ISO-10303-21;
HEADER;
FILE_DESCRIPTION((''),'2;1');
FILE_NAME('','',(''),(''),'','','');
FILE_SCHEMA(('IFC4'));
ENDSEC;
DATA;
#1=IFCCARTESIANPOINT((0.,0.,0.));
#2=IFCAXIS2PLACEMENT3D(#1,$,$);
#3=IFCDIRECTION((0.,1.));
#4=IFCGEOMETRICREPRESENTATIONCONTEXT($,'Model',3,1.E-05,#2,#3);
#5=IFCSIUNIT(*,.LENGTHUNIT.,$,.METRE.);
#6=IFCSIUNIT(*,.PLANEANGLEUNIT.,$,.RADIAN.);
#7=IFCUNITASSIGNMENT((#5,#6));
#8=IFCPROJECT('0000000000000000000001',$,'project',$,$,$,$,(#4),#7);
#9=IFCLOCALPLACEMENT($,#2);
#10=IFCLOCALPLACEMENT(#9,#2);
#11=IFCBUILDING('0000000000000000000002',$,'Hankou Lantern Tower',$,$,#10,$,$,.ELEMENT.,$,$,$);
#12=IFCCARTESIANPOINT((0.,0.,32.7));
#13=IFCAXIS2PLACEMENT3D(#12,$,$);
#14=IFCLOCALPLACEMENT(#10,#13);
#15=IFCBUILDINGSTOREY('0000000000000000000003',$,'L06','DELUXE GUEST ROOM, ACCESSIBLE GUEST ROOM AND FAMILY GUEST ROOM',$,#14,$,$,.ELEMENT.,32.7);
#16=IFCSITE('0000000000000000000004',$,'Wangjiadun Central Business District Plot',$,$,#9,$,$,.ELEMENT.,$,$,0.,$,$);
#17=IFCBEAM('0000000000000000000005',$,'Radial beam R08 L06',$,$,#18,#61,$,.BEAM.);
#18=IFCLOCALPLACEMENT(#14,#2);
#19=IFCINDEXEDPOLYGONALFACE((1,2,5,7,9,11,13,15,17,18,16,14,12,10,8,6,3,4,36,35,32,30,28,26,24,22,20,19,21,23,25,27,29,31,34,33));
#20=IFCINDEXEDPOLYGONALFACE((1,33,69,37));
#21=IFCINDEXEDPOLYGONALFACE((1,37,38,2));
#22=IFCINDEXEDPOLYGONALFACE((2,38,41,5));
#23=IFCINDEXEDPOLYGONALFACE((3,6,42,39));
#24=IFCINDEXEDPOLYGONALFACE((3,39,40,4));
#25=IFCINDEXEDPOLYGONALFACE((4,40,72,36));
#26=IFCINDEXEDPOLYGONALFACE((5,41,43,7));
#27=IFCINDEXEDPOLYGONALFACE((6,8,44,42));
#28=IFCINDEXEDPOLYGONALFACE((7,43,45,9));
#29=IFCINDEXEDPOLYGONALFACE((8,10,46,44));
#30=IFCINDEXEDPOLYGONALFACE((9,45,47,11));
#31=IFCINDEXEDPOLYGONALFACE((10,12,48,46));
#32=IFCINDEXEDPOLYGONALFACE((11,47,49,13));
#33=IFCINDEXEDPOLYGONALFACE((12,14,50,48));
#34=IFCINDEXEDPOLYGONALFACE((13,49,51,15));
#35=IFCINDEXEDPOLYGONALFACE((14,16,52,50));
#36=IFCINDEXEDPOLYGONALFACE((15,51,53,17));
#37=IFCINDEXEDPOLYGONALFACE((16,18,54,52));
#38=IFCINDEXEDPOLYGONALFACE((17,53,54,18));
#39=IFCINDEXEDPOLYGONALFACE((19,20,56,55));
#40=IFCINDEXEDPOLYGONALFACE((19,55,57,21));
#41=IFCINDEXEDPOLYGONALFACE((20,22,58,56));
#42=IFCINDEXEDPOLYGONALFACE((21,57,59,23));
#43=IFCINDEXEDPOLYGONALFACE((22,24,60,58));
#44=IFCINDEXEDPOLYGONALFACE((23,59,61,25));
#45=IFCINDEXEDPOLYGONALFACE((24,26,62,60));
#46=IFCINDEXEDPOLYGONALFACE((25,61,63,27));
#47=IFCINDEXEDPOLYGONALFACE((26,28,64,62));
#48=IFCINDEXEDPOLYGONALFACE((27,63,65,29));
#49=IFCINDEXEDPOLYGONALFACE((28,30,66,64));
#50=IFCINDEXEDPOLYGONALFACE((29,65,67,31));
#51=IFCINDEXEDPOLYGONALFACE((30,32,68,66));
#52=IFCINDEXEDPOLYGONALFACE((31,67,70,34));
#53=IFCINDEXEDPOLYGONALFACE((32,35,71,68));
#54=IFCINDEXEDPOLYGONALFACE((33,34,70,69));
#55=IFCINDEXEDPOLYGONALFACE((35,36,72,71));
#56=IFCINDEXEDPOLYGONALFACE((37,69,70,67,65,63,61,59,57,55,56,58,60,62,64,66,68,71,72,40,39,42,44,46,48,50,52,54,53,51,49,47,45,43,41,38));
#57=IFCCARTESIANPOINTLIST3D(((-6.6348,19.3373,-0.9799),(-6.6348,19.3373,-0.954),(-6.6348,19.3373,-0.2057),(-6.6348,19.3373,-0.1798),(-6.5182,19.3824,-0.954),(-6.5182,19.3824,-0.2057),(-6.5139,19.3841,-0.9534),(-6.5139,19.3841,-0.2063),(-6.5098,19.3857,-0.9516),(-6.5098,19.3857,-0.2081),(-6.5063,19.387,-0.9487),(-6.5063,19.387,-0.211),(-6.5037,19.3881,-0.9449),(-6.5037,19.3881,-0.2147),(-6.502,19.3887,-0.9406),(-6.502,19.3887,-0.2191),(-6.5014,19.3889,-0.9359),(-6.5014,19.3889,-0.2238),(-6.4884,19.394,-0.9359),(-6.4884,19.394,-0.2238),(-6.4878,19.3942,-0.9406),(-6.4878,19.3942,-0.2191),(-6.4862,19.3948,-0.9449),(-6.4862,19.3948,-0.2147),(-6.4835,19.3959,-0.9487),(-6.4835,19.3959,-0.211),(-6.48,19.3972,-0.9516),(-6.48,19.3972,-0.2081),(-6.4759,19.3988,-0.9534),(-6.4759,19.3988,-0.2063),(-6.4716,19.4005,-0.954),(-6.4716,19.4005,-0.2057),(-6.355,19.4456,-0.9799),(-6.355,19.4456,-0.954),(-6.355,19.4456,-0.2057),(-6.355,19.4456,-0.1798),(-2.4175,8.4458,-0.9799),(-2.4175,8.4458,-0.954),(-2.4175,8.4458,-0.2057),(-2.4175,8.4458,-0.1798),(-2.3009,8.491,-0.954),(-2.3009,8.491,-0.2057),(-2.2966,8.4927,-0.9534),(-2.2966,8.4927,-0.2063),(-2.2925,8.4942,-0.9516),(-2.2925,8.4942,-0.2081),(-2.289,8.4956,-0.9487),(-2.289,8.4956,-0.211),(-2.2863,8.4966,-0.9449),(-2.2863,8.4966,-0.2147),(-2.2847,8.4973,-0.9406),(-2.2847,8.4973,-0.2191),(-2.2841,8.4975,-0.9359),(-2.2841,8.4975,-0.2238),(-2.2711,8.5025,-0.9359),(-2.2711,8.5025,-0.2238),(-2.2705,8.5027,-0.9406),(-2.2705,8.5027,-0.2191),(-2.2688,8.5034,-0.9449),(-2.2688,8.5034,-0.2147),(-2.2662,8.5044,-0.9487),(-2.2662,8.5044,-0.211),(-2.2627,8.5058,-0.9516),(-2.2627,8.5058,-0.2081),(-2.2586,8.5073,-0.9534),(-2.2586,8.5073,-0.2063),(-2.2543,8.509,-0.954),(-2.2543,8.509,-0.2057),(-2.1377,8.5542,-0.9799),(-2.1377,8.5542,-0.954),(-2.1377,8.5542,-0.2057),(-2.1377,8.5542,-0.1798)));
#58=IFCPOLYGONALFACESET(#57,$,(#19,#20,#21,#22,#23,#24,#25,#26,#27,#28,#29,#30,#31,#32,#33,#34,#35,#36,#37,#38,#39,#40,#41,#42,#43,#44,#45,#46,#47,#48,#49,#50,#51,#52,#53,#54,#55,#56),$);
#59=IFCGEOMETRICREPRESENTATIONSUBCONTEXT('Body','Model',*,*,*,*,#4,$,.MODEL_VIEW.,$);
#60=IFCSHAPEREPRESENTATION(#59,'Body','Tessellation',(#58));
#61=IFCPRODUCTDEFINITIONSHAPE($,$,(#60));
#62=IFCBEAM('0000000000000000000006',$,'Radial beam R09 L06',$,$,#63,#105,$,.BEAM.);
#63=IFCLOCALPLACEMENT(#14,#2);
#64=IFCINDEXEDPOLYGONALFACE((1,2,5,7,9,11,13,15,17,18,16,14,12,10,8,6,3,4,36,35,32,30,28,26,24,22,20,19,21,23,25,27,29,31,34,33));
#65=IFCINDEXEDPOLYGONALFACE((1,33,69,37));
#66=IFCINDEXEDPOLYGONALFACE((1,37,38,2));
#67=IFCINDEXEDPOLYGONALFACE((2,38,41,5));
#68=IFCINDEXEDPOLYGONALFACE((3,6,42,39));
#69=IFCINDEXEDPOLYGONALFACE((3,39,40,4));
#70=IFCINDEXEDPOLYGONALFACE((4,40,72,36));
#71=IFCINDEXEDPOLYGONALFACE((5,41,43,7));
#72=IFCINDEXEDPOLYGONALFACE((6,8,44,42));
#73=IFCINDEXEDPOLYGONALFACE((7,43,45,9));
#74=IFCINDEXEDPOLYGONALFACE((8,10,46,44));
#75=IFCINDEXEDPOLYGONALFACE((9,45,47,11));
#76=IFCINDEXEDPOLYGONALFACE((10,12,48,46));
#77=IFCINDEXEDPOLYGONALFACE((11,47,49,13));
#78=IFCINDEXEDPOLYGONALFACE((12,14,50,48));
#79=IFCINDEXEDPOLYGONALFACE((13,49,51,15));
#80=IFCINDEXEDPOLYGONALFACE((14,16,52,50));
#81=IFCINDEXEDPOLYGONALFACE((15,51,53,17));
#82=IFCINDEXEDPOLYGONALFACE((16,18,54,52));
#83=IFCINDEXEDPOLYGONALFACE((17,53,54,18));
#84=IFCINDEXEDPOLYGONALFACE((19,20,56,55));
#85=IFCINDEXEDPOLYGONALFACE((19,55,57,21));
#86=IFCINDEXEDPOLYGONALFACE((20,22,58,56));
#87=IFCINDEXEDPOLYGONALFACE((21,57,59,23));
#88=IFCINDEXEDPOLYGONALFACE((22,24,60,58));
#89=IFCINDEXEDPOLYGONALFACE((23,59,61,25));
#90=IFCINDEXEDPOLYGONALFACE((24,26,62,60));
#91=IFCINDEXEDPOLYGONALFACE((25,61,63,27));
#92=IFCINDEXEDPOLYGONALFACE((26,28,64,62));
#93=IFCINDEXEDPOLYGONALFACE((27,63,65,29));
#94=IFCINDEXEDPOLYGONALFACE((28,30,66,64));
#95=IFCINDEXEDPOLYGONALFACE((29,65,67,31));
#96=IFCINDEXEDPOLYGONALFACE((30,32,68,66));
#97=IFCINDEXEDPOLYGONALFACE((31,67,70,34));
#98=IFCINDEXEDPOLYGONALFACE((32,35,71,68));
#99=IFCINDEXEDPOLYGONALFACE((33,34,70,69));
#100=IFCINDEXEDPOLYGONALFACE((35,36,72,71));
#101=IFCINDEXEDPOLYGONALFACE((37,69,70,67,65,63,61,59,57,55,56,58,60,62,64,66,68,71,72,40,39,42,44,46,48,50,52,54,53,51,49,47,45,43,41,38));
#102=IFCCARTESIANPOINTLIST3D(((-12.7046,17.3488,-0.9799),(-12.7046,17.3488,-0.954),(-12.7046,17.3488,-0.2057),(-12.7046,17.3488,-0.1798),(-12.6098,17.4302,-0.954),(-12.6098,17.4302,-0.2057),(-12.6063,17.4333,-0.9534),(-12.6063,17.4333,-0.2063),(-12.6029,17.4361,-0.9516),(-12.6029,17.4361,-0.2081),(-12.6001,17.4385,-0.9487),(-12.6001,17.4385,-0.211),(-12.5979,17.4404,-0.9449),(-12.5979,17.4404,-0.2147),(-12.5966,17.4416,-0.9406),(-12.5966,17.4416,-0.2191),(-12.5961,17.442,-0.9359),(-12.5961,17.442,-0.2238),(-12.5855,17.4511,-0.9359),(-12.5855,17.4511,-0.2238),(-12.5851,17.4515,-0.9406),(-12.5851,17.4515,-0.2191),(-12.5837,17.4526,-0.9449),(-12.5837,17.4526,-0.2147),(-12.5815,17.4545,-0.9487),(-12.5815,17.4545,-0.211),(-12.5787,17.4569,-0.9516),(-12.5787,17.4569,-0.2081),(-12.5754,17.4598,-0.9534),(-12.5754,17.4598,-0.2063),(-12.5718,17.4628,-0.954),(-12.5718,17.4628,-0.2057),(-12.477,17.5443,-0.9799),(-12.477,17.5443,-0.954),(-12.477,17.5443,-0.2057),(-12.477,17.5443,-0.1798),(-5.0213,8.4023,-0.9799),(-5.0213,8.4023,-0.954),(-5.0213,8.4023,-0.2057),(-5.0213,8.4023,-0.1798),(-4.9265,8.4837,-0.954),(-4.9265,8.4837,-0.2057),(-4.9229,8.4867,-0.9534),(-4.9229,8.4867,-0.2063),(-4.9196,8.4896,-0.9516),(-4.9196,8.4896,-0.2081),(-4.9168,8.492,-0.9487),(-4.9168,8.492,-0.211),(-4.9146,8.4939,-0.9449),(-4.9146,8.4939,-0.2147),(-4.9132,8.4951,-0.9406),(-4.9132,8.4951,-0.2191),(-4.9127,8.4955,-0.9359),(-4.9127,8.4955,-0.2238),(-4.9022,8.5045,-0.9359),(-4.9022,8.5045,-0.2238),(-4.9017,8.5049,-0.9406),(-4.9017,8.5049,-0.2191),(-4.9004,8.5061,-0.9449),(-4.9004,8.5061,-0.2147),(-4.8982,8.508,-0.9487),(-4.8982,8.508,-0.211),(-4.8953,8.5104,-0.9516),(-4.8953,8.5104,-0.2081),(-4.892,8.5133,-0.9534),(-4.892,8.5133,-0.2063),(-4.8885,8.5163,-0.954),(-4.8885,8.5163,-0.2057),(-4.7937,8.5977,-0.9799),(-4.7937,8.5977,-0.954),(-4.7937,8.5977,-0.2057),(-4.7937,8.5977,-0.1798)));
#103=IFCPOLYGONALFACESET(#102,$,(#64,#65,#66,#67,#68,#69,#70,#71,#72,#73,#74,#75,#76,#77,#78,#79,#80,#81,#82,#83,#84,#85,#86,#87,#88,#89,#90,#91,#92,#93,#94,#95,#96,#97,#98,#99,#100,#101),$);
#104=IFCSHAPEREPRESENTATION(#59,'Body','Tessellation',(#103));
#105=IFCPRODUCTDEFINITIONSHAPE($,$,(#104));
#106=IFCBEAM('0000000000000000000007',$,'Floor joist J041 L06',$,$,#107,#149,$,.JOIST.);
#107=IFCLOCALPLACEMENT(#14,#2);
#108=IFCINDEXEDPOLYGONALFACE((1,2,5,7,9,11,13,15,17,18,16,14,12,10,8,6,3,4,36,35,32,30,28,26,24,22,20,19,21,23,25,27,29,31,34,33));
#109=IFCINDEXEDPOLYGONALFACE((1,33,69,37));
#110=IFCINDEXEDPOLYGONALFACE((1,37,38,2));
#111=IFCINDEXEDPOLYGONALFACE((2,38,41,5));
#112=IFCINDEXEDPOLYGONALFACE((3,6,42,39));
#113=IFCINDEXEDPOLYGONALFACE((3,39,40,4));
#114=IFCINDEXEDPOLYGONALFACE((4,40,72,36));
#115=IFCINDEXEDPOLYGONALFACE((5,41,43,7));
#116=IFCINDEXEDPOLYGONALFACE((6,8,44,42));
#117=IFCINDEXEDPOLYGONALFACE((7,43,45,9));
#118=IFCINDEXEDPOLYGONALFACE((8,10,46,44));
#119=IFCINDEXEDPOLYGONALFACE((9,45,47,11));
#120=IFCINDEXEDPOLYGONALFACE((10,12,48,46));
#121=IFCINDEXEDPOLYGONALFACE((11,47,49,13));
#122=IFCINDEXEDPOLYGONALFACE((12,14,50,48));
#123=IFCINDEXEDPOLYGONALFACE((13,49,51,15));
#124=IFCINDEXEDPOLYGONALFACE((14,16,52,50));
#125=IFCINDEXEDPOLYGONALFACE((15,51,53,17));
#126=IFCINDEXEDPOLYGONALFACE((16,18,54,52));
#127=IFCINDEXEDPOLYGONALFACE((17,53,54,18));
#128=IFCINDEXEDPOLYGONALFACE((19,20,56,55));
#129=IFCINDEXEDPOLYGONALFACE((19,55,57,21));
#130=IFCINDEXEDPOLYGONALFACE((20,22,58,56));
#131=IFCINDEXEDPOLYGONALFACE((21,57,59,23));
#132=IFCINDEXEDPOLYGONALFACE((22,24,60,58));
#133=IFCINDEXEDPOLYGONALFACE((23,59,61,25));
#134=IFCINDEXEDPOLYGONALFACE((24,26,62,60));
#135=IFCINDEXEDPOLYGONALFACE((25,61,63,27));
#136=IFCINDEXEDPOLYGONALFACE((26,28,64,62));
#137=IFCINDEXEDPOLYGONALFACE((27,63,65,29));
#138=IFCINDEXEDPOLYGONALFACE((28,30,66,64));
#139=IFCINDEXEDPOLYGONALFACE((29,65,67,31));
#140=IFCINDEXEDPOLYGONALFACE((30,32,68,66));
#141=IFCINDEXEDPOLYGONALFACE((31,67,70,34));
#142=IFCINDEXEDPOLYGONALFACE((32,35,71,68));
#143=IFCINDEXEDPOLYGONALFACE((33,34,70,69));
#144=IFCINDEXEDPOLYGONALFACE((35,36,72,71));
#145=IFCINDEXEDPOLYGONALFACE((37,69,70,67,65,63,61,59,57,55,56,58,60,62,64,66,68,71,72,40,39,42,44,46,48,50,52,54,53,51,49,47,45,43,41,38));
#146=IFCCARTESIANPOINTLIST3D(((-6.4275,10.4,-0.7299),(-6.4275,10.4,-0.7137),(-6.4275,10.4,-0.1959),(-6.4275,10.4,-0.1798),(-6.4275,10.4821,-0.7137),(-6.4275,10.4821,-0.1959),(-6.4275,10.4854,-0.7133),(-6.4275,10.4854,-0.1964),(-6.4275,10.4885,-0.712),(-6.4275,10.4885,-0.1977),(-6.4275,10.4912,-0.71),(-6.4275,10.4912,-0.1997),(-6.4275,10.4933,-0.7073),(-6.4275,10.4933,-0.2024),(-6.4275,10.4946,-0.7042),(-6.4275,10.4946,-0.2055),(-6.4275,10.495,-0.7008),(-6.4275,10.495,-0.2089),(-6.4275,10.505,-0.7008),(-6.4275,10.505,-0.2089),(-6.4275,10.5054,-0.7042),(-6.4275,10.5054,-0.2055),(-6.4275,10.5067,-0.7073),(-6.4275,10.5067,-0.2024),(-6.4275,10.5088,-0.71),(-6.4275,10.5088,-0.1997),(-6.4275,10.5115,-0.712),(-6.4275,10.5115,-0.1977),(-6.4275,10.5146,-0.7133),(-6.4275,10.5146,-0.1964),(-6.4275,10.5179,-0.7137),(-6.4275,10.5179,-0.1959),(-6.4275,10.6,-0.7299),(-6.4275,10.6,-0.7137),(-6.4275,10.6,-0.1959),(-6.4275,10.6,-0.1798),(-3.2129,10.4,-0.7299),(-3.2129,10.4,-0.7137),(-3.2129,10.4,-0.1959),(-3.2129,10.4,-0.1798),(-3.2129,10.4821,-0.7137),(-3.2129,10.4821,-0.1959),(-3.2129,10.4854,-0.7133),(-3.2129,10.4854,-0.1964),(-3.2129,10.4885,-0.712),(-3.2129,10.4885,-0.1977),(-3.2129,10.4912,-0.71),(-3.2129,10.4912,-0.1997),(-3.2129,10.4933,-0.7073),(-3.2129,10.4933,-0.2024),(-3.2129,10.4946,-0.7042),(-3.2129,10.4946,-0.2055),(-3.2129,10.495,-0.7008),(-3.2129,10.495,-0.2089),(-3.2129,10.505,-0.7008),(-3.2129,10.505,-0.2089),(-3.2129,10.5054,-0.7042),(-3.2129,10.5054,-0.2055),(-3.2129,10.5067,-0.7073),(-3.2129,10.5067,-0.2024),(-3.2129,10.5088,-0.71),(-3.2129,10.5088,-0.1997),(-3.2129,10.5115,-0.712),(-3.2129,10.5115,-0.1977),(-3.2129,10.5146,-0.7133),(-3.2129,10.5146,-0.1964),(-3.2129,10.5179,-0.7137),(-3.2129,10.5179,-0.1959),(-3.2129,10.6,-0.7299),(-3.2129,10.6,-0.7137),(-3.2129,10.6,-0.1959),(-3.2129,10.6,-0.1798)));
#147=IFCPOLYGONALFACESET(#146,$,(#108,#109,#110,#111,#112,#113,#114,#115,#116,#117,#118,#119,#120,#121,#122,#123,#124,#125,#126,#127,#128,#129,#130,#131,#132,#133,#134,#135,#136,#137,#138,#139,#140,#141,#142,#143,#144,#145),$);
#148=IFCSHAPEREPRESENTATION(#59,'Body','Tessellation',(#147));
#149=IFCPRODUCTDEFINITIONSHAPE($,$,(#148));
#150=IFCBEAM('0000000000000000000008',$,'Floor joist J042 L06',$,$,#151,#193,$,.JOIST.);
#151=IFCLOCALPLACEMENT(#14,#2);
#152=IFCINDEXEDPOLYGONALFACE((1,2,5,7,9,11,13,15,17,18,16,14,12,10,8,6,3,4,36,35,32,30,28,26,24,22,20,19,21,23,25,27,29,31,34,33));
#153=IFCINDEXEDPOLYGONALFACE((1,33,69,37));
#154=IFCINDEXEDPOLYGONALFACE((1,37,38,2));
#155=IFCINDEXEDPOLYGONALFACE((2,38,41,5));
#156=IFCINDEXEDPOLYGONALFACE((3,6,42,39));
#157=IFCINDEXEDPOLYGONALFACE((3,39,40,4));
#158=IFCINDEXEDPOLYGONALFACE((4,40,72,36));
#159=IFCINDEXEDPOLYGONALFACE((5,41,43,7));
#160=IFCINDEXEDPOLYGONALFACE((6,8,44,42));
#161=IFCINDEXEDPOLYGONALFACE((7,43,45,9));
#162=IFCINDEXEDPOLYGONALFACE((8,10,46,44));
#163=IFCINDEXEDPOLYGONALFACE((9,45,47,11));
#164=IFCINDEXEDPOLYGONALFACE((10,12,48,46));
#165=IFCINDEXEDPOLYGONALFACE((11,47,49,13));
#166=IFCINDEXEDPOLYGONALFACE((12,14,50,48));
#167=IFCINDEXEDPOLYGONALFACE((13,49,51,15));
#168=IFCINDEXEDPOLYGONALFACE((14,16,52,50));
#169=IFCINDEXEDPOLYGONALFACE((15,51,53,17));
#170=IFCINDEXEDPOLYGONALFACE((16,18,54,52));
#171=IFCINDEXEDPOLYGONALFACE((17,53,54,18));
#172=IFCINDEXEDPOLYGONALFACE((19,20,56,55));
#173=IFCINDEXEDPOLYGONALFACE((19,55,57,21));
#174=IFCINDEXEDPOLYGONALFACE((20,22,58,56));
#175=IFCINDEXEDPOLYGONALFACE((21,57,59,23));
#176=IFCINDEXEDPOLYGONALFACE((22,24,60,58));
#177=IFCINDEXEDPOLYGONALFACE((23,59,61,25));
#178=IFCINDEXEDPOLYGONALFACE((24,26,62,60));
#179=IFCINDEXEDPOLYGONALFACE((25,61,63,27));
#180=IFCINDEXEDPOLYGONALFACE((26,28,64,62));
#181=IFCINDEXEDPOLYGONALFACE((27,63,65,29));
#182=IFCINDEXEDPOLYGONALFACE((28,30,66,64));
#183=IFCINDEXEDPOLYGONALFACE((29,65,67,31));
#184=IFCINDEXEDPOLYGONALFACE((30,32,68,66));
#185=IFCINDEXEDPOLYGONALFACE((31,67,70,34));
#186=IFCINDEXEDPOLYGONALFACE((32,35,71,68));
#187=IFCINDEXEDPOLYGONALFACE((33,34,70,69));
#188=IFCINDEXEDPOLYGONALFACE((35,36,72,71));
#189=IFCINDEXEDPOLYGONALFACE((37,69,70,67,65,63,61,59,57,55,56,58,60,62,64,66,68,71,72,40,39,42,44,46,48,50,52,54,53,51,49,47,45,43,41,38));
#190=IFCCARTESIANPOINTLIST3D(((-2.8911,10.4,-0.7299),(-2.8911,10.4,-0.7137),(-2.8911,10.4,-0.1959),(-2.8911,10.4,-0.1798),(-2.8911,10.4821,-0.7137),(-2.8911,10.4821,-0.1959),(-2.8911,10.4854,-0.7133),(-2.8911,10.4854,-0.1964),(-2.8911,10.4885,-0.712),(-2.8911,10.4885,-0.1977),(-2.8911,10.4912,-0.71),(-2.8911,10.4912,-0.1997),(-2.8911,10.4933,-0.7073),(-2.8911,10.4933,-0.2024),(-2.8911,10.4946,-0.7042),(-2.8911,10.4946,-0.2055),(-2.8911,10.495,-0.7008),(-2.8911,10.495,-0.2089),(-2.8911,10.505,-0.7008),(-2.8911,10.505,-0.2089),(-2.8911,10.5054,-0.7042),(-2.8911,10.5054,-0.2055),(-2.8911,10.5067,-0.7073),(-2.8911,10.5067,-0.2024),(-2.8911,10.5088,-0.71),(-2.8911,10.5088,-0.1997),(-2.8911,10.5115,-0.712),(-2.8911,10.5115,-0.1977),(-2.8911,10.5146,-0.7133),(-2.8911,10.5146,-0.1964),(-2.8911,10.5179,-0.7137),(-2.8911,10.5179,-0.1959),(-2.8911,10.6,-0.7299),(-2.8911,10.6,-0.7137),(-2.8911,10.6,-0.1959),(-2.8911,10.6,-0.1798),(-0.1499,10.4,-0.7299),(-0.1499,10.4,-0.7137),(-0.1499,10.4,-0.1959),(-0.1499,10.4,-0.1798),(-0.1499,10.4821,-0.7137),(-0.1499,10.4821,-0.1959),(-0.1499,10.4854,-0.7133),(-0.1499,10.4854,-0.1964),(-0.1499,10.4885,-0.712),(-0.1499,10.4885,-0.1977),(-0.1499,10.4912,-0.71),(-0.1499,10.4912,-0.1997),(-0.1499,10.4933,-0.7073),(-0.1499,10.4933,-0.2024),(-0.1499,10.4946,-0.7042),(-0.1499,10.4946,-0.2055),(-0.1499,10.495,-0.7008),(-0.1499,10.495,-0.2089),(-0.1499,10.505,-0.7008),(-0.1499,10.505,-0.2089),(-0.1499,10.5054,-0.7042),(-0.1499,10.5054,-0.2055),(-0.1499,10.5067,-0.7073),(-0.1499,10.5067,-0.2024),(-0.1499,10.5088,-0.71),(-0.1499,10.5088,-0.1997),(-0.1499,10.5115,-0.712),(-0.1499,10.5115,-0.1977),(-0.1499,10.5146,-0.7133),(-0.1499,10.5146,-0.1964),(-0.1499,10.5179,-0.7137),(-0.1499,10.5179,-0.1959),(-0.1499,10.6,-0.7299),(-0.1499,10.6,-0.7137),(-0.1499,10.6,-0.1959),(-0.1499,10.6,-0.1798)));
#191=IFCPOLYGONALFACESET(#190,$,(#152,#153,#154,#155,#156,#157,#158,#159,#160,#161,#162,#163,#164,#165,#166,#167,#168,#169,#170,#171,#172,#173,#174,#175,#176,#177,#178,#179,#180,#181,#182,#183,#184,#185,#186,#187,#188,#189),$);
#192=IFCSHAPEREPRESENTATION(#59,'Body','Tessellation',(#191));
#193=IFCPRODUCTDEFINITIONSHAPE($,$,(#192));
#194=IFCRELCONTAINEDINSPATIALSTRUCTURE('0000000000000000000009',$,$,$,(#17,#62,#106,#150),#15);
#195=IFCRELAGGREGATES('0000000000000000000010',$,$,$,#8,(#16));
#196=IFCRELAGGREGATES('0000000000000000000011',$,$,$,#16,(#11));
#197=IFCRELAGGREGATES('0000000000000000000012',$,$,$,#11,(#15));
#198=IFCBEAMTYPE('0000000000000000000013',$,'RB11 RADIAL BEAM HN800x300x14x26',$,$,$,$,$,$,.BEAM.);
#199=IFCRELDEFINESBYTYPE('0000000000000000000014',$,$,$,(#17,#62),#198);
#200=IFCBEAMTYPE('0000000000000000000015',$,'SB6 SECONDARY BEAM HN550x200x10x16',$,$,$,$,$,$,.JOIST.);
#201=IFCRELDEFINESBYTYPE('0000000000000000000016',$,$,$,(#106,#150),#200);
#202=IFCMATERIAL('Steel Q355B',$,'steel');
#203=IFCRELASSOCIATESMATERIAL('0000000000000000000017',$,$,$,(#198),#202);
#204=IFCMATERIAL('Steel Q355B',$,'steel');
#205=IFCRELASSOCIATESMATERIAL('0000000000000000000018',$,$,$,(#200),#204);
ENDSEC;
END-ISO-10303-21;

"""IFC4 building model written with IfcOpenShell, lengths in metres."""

from ifc_helpers import new_model, si_unit, direction, frame, origin, origin_2d, place, context, subcontext, project, spatial, i_section, extrude, material, material_profile, profile_set, type_object, element, save


model = new_model("IFC4")

# Units and contexts
model_context = context("Model", 3, precision=1e-05, world=origin(), true_north=direction((0.0, 1.0)))
body_context = subcontext(model_context, "Body", "Model", "MODEL_VIEW")
ifc_project = project(units=[si_unit("LENGTHUNIT", "METRE"), si_unit("PLANEANGLEUNIT", "RADIAN")], contexts=[model_context])

# Site, building, storey
site_placement = place(None, origin())
site = spatial("IfcSite", under=ifc_project, at=site_placement, Name="Wangjiadun Central Business District Plot", CompositionType="ELEMENT", RefElevation=0.0)
building_placement = place(site_placement, origin())
building = spatial("IfcBuilding", under=site, at=building_placement, Name="Hankou Lantern Tower", CompositionType="ELEMENT")
storey_placement = place(building_placement, frame((0.0, 0.0, 32.7)))
storey = spatial("IfcBuildingStorey", under=building, at=storey_placement, Name="L06", Description="DELUXE GUEST ROOM, ACCESSIBLE GUEST ROOM AND FAMILY GUEST ROOM", CompositionType="ELEMENT", Elevation=32.7)

# Beams
ifc_material_1 = material(Name="Steel Q355B", Category="steel")
ifc_material_profile_1 = material_profile(ifc_material_1, i_section(OverallWidth=0.3, OverallDepth=0.8, WebThickness=0.0139, FlangeThickness=0.0259, FilletRadius=0.0181, at=origin_2d()), Name="HN800x300x14x26")
ifc_profile_set_1 = profile_set([ifc_material_profile_1], Name="Steel Q355B")
beam_type_1 = type_object("IfcBeamType", Name="RB11 RADIAL BEAM HN800x300x14x26", PredefinedType="BEAM", material=ifc_profile_set_1)
beam_1_placement = place(storey_placement, frame((-2.2776, 8.5, -0.5798), z_axis=(-0.361089, 0.932531, 0.0), x_axis=(-0.932531, -0.361089, 0.0)))
element("IfcBeam", 1, at=beam_1_placement, inside=storey, type_object=beam_type_1, Name="Radial beam R08 L06", PredefinedType="BEAM", context=body_context, shape_type="SweptSolid", body=[
    extrude(i_section(OverallWidth=0.3, OverallDepth=0.8, WebThickness=0.0139, FlangeThickness=0.0259, FilletRadius=0.0181, at=origin_2d()), origin(), (0.0, 0.0, 1.0), 11.6794),
])
beam_2_placement = place(storey_placement, frame((-4.9075, 8.5, -0.5798), z_axis=(-0.651519, 0.758632, 0.0), x_axis=(-0.758632, -0.651519, 0.0)))
element("IfcBeam", 2, at=beam_2_placement, inside=storey, type_object=beam_type_1, Name="Radial beam R09 L06", PredefinedType="BEAM", context=body_context, shape_type="SweptSolid", body=[
    extrude(i_section(OverallWidth=0.3, OverallDepth=0.8, WebThickness=0.0139, FlangeThickness=0.0259, FilletRadius=0.0181, at=origin_2d()), origin(), (0.0, 0.0, 1.0), 11.793),
])
ifc_material_2 = material(Name="Steel Q355B", Category="steel")
ifc_material_profile_2 = material_profile(ifc_material_2, i_section(OverallWidth=0.2, OverallDepth=0.55, WebThickness=0.01, FlangeThickness=0.0161, FilletRadius=0.0129, at=origin_2d()), Name="HN550x200x10x16")
ifc_profile_set_2 = profile_set([ifc_material_profile_2], Name="Steel Q355B")
beam_type_2 = type_object("IfcBeamType", Name="SB6 SECONDARY BEAM HN550x200x10x16", PredefinedType="JOIST", material=ifc_profile_set_2)
beam_3_placement = place(storey_placement, frame((-6.4275, 10.5, -0.4548), z_axis=(1.0, 0.0, 0.0), x_axis=(0.0, 1.0, 0.0)))
element("IfcBeam", 3, at=beam_3_placement, inside=storey, type_object=beam_type_2, Name="Floor joist J041 L06", PredefinedType="JOIST", context=body_context, shape_type="SweptSolid", body=[
    extrude(i_section(OverallWidth=0.2, OverallDepth=0.55, WebThickness=0.01, FlangeThickness=0.0161, FilletRadius=0.0129, at=origin_2d()), origin(), (0.0, 0.0, 1.0), 3.2146),
])
beam_4_placement = place(storey_placement, frame((-2.8911, 10.5, -0.4548), z_axis=(1.0, 0.0, 0.0), x_axis=(0.0, 1.0, 0.0)))
element("IfcBeam", 4, at=beam_4_placement, inside=storey, type_object=beam_type_2, Name="Floor joist J042 L06", PredefinedType="JOIST", context=body_context, shape_type="SweptSolid", body=[
    extrude(i_section(OverallWidth=0.2, OverallDepth=0.55, WebThickness=0.01, FlangeThickness=0.0161, FilletRadius=0.0129, at=origin_2d()), origin(), (0.0, 0.0, 1.0), 2.7412),
])

save(model, "model.ifc")
